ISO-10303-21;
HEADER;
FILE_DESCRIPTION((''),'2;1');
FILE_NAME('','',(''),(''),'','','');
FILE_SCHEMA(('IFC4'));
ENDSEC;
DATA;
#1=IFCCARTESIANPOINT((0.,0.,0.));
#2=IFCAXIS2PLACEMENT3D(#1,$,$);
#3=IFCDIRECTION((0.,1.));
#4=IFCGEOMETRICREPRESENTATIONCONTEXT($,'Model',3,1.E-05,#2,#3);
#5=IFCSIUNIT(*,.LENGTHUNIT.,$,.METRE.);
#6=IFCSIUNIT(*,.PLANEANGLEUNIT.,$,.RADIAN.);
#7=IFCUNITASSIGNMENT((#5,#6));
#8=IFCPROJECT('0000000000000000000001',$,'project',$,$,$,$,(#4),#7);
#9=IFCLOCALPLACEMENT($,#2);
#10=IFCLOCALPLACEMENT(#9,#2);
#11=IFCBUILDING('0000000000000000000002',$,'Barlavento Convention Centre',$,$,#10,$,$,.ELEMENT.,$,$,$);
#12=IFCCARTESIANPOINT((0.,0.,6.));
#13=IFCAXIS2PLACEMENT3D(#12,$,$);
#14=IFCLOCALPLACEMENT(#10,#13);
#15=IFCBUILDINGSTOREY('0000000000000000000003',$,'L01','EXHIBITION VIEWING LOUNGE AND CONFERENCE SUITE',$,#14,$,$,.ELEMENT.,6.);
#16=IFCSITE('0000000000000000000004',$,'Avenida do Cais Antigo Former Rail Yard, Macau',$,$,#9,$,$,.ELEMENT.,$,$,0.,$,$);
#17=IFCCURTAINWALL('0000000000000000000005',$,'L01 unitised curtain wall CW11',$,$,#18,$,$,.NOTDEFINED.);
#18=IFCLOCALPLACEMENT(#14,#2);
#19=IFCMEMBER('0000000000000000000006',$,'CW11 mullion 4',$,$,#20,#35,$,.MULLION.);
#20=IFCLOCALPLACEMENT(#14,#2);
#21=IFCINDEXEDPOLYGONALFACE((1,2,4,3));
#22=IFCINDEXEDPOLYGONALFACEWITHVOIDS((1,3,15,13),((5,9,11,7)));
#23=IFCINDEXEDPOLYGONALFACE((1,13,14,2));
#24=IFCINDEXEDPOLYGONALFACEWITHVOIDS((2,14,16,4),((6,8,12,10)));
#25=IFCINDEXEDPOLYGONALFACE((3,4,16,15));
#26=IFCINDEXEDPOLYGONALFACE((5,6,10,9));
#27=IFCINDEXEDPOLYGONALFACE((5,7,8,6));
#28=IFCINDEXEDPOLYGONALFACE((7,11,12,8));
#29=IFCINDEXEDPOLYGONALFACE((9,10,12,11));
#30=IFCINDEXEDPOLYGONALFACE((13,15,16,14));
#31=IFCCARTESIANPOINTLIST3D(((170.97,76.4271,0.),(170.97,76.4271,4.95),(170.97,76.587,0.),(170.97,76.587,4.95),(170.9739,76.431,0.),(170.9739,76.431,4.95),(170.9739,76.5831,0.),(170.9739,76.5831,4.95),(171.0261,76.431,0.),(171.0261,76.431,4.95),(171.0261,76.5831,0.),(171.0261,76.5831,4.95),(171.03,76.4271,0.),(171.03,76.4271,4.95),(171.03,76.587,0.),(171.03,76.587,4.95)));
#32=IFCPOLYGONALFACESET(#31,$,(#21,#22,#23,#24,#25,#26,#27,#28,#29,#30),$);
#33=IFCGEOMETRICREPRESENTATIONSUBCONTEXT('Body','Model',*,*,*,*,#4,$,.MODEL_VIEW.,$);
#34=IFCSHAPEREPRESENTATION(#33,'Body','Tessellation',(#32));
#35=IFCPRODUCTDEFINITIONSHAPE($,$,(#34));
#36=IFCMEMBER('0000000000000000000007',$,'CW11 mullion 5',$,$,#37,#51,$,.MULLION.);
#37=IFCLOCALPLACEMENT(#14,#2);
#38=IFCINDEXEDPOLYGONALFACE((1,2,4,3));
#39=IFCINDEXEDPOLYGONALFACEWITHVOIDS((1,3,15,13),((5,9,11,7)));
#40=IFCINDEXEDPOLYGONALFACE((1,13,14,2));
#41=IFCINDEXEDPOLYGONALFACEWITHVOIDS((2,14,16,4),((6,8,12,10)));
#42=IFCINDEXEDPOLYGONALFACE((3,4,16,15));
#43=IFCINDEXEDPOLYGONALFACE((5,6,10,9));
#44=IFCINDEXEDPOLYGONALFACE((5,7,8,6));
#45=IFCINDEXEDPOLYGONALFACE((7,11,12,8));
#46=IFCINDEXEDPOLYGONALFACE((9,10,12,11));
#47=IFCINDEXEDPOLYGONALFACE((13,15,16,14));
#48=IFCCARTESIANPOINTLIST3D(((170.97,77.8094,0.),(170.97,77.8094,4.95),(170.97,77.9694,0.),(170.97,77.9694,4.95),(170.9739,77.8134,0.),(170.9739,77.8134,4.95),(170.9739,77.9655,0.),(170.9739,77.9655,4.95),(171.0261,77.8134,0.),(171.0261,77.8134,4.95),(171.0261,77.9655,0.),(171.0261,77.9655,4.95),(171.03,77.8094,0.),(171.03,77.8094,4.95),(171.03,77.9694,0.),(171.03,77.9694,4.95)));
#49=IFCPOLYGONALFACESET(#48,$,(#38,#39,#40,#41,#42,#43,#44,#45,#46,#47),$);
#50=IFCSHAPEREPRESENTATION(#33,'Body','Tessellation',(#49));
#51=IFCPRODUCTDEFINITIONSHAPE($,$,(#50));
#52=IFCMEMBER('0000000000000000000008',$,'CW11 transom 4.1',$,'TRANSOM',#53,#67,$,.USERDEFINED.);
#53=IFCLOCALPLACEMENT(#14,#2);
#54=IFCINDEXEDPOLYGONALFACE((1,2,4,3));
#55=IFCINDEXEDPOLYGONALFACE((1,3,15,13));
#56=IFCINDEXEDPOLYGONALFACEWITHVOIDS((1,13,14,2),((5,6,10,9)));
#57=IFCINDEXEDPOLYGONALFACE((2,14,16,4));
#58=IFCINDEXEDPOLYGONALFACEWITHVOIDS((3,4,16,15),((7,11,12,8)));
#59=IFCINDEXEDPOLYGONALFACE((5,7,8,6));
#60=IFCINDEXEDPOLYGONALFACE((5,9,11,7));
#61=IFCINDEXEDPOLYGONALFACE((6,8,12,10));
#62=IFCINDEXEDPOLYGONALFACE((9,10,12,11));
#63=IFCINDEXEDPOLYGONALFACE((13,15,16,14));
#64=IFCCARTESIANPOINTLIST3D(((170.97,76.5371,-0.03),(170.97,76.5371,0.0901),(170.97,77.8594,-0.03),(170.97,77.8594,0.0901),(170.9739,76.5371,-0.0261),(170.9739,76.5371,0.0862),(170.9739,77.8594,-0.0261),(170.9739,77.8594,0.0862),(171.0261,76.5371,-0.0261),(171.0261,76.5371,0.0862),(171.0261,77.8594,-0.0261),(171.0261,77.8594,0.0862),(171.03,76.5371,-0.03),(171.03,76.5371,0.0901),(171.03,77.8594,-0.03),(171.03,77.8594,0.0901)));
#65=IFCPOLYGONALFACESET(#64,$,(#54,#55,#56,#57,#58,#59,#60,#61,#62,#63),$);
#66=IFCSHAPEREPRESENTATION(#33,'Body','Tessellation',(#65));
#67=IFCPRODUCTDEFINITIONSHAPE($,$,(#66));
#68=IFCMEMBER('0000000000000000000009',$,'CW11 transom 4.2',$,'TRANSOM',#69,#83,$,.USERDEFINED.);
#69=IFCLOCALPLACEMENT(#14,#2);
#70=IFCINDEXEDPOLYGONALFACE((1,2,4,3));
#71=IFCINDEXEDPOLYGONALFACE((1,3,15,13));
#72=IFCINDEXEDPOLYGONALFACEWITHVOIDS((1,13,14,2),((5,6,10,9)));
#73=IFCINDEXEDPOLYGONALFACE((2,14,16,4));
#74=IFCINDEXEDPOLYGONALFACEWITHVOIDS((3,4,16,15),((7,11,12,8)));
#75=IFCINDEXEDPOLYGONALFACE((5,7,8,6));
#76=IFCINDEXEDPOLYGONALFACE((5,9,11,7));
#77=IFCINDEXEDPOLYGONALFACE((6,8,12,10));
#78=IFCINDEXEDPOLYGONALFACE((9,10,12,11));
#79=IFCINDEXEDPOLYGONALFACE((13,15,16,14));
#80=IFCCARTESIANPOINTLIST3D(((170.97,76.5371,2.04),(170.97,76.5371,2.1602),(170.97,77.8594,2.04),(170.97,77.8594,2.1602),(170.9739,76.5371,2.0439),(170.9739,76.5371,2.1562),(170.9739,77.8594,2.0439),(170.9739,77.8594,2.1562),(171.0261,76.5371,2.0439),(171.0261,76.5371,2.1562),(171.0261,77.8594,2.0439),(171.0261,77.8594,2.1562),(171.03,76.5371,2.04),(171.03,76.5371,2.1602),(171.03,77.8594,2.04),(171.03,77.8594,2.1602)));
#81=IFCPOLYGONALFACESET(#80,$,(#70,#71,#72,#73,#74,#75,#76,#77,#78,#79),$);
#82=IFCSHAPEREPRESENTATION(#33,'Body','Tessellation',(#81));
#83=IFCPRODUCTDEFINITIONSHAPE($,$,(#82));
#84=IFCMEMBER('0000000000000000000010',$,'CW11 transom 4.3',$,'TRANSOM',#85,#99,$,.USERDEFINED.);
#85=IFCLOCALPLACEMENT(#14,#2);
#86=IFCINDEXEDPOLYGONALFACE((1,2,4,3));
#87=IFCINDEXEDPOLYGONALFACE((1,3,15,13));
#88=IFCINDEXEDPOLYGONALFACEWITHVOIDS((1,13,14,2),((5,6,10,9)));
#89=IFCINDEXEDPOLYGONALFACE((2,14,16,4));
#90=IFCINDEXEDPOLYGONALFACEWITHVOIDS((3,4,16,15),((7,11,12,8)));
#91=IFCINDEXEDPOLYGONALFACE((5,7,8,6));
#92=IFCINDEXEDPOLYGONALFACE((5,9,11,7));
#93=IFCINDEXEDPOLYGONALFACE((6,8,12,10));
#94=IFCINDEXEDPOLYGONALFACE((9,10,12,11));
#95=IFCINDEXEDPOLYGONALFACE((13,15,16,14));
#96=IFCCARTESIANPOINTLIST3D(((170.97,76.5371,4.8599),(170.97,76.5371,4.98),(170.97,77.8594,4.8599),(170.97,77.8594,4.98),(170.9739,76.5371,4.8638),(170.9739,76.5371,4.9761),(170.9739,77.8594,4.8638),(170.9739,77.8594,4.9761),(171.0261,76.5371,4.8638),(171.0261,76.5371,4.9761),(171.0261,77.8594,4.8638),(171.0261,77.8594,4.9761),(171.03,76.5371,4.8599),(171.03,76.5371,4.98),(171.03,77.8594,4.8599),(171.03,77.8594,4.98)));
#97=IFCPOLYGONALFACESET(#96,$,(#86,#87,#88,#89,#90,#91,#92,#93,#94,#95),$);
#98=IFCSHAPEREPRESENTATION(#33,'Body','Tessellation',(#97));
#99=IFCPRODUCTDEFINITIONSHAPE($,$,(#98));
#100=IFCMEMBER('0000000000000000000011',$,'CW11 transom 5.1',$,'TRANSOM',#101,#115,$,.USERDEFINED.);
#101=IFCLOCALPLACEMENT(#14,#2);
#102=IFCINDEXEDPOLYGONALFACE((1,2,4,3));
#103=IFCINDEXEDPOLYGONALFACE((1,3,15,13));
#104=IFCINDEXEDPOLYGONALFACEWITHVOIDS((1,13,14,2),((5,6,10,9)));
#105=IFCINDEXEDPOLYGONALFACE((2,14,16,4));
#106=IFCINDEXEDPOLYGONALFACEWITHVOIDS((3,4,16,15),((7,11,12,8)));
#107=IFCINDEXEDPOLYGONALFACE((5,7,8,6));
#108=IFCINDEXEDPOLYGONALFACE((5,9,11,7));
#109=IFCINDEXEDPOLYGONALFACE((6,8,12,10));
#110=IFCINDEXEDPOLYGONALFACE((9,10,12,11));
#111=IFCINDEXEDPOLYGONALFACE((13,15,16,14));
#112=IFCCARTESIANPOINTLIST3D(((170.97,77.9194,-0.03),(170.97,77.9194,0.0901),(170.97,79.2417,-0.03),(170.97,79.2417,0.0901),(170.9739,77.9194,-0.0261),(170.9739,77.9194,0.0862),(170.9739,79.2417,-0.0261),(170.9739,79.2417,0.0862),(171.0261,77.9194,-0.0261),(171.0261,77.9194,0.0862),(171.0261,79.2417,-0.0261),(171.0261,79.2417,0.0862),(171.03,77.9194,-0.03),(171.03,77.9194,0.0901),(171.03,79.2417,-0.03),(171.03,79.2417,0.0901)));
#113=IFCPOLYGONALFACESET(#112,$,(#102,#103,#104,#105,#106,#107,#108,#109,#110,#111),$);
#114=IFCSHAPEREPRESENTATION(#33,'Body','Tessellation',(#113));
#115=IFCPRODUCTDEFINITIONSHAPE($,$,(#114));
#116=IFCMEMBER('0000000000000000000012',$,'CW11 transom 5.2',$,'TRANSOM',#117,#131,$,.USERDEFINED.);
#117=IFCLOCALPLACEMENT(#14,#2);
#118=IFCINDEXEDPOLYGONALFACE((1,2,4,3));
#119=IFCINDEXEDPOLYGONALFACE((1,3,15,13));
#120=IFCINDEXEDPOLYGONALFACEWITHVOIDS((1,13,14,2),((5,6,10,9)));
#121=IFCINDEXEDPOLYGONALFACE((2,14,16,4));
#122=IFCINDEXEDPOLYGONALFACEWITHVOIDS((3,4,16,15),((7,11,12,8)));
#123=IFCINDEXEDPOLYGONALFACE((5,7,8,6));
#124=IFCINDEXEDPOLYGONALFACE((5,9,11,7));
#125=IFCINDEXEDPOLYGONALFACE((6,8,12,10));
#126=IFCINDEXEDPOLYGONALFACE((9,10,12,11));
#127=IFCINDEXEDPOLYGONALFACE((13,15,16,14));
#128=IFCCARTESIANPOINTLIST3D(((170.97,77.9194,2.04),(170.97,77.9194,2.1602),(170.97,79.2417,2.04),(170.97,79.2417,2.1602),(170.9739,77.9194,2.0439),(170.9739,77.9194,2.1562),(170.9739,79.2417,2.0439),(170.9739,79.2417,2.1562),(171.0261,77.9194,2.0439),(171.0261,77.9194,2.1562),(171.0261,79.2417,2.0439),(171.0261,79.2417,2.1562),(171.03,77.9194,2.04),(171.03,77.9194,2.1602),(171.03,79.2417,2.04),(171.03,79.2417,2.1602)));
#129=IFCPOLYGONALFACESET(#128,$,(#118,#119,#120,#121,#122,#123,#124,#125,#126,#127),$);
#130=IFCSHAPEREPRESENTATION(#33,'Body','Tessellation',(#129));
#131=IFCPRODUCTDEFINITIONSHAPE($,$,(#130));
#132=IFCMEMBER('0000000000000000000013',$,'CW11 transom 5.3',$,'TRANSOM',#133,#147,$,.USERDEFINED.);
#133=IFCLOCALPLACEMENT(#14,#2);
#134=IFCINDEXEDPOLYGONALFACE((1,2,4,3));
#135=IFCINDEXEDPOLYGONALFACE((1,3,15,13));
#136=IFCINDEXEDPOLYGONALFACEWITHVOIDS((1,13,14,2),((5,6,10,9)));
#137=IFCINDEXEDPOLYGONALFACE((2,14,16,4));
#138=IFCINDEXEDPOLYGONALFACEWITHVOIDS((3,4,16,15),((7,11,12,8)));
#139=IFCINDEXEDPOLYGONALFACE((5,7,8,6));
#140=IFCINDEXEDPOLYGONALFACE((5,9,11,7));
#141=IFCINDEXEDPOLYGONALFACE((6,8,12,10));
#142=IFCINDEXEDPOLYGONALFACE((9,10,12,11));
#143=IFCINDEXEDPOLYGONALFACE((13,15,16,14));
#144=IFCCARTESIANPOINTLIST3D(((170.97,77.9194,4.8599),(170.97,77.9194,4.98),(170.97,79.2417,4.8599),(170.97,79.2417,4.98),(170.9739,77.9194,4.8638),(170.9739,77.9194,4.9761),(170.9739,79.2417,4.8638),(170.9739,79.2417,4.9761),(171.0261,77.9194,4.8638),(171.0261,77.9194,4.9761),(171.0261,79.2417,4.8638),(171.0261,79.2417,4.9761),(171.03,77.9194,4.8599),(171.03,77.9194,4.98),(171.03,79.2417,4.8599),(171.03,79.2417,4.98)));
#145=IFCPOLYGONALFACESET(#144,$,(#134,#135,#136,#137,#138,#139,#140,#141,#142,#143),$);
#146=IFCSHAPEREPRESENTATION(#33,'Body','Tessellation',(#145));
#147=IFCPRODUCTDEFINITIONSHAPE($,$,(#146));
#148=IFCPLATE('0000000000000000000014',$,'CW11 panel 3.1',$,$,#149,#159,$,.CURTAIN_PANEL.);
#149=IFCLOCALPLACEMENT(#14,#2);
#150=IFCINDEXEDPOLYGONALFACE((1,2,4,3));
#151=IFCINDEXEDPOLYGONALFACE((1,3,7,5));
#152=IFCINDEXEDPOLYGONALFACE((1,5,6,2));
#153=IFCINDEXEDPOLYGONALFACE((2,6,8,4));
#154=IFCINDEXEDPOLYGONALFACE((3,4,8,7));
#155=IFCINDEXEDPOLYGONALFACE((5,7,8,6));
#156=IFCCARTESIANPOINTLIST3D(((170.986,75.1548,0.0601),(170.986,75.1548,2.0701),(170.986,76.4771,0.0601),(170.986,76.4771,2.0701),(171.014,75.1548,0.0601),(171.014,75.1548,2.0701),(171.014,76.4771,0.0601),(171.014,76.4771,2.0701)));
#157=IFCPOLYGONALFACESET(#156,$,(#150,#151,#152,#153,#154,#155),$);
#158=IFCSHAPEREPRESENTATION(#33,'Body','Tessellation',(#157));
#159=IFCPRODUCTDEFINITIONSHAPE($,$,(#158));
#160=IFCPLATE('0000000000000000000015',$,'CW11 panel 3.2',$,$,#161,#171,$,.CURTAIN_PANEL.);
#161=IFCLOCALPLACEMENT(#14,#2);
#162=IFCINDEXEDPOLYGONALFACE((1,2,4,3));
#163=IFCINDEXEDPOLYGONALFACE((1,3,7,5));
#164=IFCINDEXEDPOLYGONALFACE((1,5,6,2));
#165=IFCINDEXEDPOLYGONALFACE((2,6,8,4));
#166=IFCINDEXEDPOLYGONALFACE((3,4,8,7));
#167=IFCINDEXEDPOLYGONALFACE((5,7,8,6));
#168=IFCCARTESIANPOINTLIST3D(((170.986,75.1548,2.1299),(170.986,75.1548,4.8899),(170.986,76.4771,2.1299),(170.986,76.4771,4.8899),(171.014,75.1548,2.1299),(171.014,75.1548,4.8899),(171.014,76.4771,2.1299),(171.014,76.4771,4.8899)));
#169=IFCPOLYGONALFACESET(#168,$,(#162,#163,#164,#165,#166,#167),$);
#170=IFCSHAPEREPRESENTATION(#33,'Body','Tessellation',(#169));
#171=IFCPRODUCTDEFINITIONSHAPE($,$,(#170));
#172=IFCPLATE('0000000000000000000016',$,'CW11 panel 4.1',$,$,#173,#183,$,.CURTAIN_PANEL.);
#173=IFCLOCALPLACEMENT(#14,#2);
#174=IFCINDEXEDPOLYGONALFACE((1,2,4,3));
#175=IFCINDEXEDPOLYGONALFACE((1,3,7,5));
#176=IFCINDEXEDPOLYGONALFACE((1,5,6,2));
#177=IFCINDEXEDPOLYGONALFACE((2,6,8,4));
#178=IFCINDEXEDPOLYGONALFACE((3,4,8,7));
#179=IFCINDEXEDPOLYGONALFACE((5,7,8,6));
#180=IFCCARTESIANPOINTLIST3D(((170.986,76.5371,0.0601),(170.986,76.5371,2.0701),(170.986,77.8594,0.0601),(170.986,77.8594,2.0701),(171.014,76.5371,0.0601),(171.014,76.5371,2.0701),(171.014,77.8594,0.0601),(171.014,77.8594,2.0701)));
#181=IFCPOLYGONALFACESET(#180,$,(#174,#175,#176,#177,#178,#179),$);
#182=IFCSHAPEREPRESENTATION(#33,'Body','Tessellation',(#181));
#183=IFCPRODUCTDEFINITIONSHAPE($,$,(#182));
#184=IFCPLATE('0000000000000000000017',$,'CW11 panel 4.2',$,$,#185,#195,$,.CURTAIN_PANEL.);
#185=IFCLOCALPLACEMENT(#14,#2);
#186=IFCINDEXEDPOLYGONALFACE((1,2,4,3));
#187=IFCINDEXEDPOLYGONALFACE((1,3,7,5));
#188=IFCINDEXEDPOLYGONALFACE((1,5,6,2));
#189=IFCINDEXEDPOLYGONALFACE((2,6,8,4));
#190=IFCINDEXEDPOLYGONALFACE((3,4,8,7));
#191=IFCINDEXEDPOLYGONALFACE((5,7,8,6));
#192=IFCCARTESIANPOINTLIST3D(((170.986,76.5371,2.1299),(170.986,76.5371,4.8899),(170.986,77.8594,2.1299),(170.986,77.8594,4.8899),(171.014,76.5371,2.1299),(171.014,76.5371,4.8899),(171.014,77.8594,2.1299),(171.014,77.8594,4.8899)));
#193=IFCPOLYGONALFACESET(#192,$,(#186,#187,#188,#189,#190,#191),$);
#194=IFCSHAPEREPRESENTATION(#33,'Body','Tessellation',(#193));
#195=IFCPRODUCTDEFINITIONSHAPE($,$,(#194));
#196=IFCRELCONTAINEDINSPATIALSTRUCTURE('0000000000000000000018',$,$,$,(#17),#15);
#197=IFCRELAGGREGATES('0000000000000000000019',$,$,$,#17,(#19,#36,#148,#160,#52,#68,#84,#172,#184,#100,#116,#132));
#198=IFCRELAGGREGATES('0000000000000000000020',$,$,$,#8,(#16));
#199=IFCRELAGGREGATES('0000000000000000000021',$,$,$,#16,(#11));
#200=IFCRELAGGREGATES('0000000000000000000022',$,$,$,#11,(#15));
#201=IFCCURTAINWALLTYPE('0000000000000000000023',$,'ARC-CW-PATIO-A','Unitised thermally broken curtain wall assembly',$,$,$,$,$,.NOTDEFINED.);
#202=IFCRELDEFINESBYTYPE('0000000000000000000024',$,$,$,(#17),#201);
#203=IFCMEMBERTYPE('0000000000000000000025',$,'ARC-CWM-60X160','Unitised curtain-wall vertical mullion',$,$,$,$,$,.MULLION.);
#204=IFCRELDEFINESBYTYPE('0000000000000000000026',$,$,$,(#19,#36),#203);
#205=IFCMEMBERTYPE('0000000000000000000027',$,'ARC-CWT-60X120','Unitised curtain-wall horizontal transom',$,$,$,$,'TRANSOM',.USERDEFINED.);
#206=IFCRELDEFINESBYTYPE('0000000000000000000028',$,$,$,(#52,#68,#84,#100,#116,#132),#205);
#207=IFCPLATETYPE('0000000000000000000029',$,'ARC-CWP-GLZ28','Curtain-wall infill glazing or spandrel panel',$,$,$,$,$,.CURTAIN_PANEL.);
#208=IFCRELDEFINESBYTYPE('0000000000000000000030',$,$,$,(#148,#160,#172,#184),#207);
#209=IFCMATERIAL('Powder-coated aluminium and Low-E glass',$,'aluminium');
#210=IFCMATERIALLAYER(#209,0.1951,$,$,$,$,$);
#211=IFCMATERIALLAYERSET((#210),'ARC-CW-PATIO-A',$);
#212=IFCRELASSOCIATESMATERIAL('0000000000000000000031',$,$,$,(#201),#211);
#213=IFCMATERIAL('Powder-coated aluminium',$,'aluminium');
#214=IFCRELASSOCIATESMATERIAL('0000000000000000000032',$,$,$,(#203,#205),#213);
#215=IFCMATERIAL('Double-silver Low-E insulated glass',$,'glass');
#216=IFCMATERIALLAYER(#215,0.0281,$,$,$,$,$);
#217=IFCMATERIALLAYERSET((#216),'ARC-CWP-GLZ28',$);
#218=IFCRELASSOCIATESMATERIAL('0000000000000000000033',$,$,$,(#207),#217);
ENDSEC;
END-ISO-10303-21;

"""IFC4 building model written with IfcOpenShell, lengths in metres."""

from ifc_helpers import new_model, si_unit, direction, frame, origin, origin_2d, place, context, subcontext, project, spatial, rectangle, hollow_rectangle, extrude, material, layer, layer_set, material_profile, profile_set, type_object, element, aggregate, save


model = new_model("IFC4")

# Units and contexts
model_context = context("Model", 3, precision=1e-05, world=origin(), true_north=direction((0.0, 1.0)))
body_context = subcontext(model_context, "Body", "Model", "MODEL_VIEW")
ifc_project = project(units=[si_unit("LENGTHUNIT", "METRE"), si_unit("PLANEANGLEUNIT", "RADIAN")], contexts=[model_context])

# Site, building, storey
site_placement = place(None, origin())
site = spatial("IfcSite", under=ifc_project, at=site_placement, Name="Avenida do Cais Antigo Former Rail Yard, Macau", CompositionType="ELEMENT", RefElevation=0.0)
building_placement = place(site_placement, origin())
building = spatial("IfcBuilding", under=site, at=building_placement, Name="Barlavento Convention Centre", CompositionType="ELEMENT")
storey_placement = place(building_placement, frame((0.0, 0.0, 6.0)))
storey = spatial("IfcBuildingStorey", under=building, at=storey_placement, Name="L01", Description="EXHIBITION VIEWING LOUNGE AND CONFERENCE SUITE", CompositionType="ELEMENT", Elevation=6.0)

# Curtain wall, members, plates
ifc_material_1 = material(Name="Powder-coated aluminium and Low-E glass", Category="aluminium")
ifc_layer_1 = layer(ifc_material_1, 0.1951)
ifc_layer_set_1 = layer_set([ifc_layer_1], Name="ARC-CW-PATIO-A")
curtain_wall_type = type_object("IfcCurtainWallType", Name="ARC-CW-PATIO-A", Description="Unitised thermally broken curtain wall assembly", PredefinedType="NOTDEFINED", material=ifc_layer_set_1)
curtain_wall_placement = place(storey_placement, origin())
curtain_wall = element("IfcCurtainWall", 1, at=curtain_wall_placement, inside=storey, type_object=curtain_wall_type, Name="L01 unitised curtain wall CW11", PredefinedType="NOTDEFINED")
ifc_material_2 = material(Name="Powder-coated aluminium", Category="aluminium")
ifc_material_profile_1 = material_profile(ifc_material_2, hollow_rectangle(XDim=0.0601, YDim=0.1599, WallThickness=0.0039, at=origin_2d()), Name="AL-MULL 60x160x4")
ifc_profile_set_1 = profile_set([ifc_material_profile_1], Name="Powder-coated aluminium")
member_type_1 = type_object("IfcMemberType", Name="ARC-CWM-60X160", Description="Unitised curtain-wall vertical mullion", PredefinedType="MULLION", material=ifc_profile_set_1)
member_1_placement = place(storey_placement, frame((171.0, 76.5071, 0.0), z_axis=(0.0, 0.0, 1.0), x_axis=(-1.0, 0.0, 0.0)))
member_1 = element("IfcMember", 2, at=member_1_placement, type_object=member_type_1, Name="CW11 mullion 4", PredefinedType="MULLION", context=body_context, shape_type="SweptSolid", body=[
    extrude(hollow_rectangle(XDim=0.0601, YDim=0.1599, WallThickness=0.0039, at=origin_2d()), origin(), (0.0, 0.0, 1.0), 4.95),
])
member_2_placement = place(storey_placement, frame((171.0, 77.8894, 0.0), z_axis=(0.0, 0.0, 1.0), x_axis=(-1.0, 0.0, 0.0)))
member_2 = element("IfcMember", 3, at=member_2_placement, type_object=member_type_1, Name="CW11 mullion 5", PredefinedType="MULLION", context=body_context, shape_type="SweptSolid", body=[
    extrude(hollow_rectangle(XDim=0.0601, YDim=0.1599, WallThickness=0.0039, at=origin_2d()), origin(), (0.0, 0.0, 1.0), 4.95),
])
ifc_material_profile_2 = material_profile(ifc_material_2, hollow_rectangle(XDim=0.0601, YDim=0.1201, WallThickness=0.0039, at=origin_2d()), Name="AL-TRAN 60x120x4")
ifc_profile_set_2 = profile_set([ifc_material_profile_2], Name="Powder-coated aluminium")
member_type_2 = type_object("IfcMemberType", Name="ARC-CWT-60X120", Description="Unitised curtain-wall horizontal transom", ElementType="TRANSOM", PredefinedType="USERDEFINED", material=ifc_profile_set_2)
member_3_placement = place(storey_placement, frame((171.0, 76.5371, 0.03), z_axis=(0.0, 1.0, 0.0), x_axis=(-1.0, 0.0, 0.0)))
member_3 = element("IfcMember", 4, at=member_3_placement, type_object=member_type_2, Name="CW11 transom 4.1", ObjectType="TRANSOM", PredefinedType="USERDEFINED", context=body_context, shape_type="SweptSolid", body=[
    extrude(hollow_rectangle(XDim=0.0601, YDim=0.1201, WallThickness=0.0039, at=origin_2d()), origin(), (0.0, 0.0, 1.0), 1.3223),
])
member_4_placement = place(storey_placement, frame((171.0, 76.5371, 2.1001), z_axis=(0.0, 1.0, 0.0), x_axis=(-1.0, 0.0, 0.0)))
member_4 = element("IfcMember", 5, at=member_4_placement, type_object=member_type_2, Name="CW11 transom 4.2", ObjectType="TRANSOM", PredefinedType="USERDEFINED", context=body_context, shape_type="SweptSolid", body=[
    extrude(hollow_rectangle(XDim=0.0601, YDim=0.1201, WallThickness=0.0039, at=origin_2d()), origin(), (0.0, 0.0, 1.0), 1.3223),
])
member_5_placement = place(storey_placement, frame((171.0, 76.5371, 4.9199), z_axis=(0.0, 1.0, 0.0), x_axis=(-1.0, 0.0, 0.0)))
member_5 = element("IfcMember", 6, at=member_5_placement, type_object=member_type_2, Name="CW11 transom 4.3", ObjectType="TRANSOM", PredefinedType="USERDEFINED", context=body_context, shape_type="SweptSolid", body=[
    extrude(hollow_rectangle(XDim=0.0601, YDim=0.1201, WallThickness=0.0039, at=origin_2d()), origin(), (0.0, 0.0, 1.0), 1.3223),
])
member_6_placement = place(storey_placement, frame((171.0, 77.9194, 0.03), z_axis=(0.0, 1.0, 0.0), x_axis=(-1.0, 0.0, 0.0)))
member_6 = element("IfcMember", 7, at=member_6_placement, type_object=member_type_2, Name="CW11 transom 5.1", ObjectType="TRANSOM", PredefinedType="USERDEFINED", context=body_context, shape_type="SweptSolid", body=[
    extrude(hollow_rectangle(XDim=0.0601, YDim=0.1201, WallThickness=0.0039, at=origin_2d()), origin(), (0.0, 0.0, 1.0), 1.3223),
])
member_7_placement = place(storey_placement, frame((171.0, 77.9194, 2.1001), z_axis=(0.0, 1.0, 0.0), x_axis=(-1.0, 0.0, 0.0)))
member_7 = element("IfcMember", 8, at=member_7_placement, type_object=member_type_2, Name="CW11 transom 5.2", ObjectType="TRANSOM", PredefinedType="USERDEFINED", context=body_context, shape_type="SweptSolid", body=[
    extrude(hollow_rectangle(XDim=0.0601, YDim=0.1201, WallThickness=0.0039, at=origin_2d()), origin(), (0.0, 0.0, 1.0), 1.3223),
])
member_8_placement = place(storey_placement, frame((171.0, 77.9194, 4.9199), z_axis=(0.0, 1.0, 0.0), x_axis=(-1.0, 0.0, 0.0)))
member_8 = element("IfcMember", 9, at=member_8_placement, type_object=member_type_2, Name="CW11 transom 5.3", ObjectType="TRANSOM", PredefinedType="USERDEFINED", context=body_context, shape_type="SweptSolid", body=[
    extrude(hollow_rectangle(XDim=0.0601, YDim=0.1201, WallThickness=0.0039, at=origin_2d()), origin(), (0.0, 0.0, 1.0), 1.3223),
])
ifc_material_3 = material(Name="Double-silver Low-E insulated glass", Category="glass")
ifc_layer_2 = layer(ifc_material_3, 0.0281)
ifc_layer_set_2 = layer_set([ifc_layer_2], Name="ARC-CWP-GLZ28")
plate_type = type_object("IfcPlateType", Name="ARC-CWP-GLZ28", Description="Curtain-wall infill glazing or spandrel panel", PredefinedType="CURTAIN_PANEL", material=ifc_layer_set_2)
plate_1_placement = place(storey_placement, frame((171.0, 75.8159, 0.0601), z_axis=(0.0, 0.0, 1.0), x_axis=(0.0, 1.0, 0.0)))
plate_1 = element("IfcPlate", 10, at=plate_1_placement, type_object=plate_type, Name="CW11 panel 3.1", PredefinedType="CURTAIN_PANEL", context=body_context, shape_type="SweptSolid", body=[
    extrude(rectangle(XDim=1.3223, YDim=0.0281, at=origin_2d()), origin(), (0.0, 0.0, 1.0), 2.01),
])
plate_2_placement = place(storey_placement, frame((171.0, 75.8159, 2.1299), z_axis=(0.0, 0.0, 1.0), x_axis=(0.0, 1.0, 0.0)))
plate_2 = element("IfcPlate", 11, at=plate_2_placement, type_object=plate_type, Name="CW11 panel 3.2", PredefinedType="CURTAIN_PANEL", context=body_context, shape_type="SweptSolid", body=[
    extrude(rectangle(XDim=1.3223, YDim=0.0281, at=origin_2d()), origin(), (0.0, 0.0, 1.0), 2.76),
])
plate_3_placement = place(storey_placement, frame((171.0, 77.1982, 0.0601), z_axis=(0.0, 0.0, 1.0), x_axis=(0.0, 1.0, 0.0)))
plate_3 = element("IfcPlate", 12, at=plate_3_placement, type_object=plate_type, Name="CW11 panel 4.1", PredefinedType="CURTAIN_PANEL", context=body_context, shape_type="SweptSolid", body=[
    extrude(rectangle(XDim=1.3223, YDim=0.0281, at=origin_2d()), origin(), (0.0, 0.0, 1.0), 2.01),
])
plate_4_placement = place(storey_placement, frame((171.0, 77.1982, 2.1299), z_axis=(0.0, 0.0, 1.0), x_axis=(0.0, 1.0, 0.0)))
plate_4 = element("IfcPlate", 13, at=plate_4_placement, type_object=plate_type, Name="CW11 panel 4.2", PredefinedType="CURTAIN_PANEL", context=body_context, shape_type="SweptSolid", body=[
    extrude(rectangle(XDim=1.3223, YDim=0.0281, at=origin_2d()), origin(), (0.0, 0.0, 1.0), 2.76),
])
aggregate(curtain_wall, [member_1, member_2, plate_1, plate_2, member_3, member_4, member_5, plate_3, plate_4, member_6, member_7, member_8])

save(model, "model.ifc")
